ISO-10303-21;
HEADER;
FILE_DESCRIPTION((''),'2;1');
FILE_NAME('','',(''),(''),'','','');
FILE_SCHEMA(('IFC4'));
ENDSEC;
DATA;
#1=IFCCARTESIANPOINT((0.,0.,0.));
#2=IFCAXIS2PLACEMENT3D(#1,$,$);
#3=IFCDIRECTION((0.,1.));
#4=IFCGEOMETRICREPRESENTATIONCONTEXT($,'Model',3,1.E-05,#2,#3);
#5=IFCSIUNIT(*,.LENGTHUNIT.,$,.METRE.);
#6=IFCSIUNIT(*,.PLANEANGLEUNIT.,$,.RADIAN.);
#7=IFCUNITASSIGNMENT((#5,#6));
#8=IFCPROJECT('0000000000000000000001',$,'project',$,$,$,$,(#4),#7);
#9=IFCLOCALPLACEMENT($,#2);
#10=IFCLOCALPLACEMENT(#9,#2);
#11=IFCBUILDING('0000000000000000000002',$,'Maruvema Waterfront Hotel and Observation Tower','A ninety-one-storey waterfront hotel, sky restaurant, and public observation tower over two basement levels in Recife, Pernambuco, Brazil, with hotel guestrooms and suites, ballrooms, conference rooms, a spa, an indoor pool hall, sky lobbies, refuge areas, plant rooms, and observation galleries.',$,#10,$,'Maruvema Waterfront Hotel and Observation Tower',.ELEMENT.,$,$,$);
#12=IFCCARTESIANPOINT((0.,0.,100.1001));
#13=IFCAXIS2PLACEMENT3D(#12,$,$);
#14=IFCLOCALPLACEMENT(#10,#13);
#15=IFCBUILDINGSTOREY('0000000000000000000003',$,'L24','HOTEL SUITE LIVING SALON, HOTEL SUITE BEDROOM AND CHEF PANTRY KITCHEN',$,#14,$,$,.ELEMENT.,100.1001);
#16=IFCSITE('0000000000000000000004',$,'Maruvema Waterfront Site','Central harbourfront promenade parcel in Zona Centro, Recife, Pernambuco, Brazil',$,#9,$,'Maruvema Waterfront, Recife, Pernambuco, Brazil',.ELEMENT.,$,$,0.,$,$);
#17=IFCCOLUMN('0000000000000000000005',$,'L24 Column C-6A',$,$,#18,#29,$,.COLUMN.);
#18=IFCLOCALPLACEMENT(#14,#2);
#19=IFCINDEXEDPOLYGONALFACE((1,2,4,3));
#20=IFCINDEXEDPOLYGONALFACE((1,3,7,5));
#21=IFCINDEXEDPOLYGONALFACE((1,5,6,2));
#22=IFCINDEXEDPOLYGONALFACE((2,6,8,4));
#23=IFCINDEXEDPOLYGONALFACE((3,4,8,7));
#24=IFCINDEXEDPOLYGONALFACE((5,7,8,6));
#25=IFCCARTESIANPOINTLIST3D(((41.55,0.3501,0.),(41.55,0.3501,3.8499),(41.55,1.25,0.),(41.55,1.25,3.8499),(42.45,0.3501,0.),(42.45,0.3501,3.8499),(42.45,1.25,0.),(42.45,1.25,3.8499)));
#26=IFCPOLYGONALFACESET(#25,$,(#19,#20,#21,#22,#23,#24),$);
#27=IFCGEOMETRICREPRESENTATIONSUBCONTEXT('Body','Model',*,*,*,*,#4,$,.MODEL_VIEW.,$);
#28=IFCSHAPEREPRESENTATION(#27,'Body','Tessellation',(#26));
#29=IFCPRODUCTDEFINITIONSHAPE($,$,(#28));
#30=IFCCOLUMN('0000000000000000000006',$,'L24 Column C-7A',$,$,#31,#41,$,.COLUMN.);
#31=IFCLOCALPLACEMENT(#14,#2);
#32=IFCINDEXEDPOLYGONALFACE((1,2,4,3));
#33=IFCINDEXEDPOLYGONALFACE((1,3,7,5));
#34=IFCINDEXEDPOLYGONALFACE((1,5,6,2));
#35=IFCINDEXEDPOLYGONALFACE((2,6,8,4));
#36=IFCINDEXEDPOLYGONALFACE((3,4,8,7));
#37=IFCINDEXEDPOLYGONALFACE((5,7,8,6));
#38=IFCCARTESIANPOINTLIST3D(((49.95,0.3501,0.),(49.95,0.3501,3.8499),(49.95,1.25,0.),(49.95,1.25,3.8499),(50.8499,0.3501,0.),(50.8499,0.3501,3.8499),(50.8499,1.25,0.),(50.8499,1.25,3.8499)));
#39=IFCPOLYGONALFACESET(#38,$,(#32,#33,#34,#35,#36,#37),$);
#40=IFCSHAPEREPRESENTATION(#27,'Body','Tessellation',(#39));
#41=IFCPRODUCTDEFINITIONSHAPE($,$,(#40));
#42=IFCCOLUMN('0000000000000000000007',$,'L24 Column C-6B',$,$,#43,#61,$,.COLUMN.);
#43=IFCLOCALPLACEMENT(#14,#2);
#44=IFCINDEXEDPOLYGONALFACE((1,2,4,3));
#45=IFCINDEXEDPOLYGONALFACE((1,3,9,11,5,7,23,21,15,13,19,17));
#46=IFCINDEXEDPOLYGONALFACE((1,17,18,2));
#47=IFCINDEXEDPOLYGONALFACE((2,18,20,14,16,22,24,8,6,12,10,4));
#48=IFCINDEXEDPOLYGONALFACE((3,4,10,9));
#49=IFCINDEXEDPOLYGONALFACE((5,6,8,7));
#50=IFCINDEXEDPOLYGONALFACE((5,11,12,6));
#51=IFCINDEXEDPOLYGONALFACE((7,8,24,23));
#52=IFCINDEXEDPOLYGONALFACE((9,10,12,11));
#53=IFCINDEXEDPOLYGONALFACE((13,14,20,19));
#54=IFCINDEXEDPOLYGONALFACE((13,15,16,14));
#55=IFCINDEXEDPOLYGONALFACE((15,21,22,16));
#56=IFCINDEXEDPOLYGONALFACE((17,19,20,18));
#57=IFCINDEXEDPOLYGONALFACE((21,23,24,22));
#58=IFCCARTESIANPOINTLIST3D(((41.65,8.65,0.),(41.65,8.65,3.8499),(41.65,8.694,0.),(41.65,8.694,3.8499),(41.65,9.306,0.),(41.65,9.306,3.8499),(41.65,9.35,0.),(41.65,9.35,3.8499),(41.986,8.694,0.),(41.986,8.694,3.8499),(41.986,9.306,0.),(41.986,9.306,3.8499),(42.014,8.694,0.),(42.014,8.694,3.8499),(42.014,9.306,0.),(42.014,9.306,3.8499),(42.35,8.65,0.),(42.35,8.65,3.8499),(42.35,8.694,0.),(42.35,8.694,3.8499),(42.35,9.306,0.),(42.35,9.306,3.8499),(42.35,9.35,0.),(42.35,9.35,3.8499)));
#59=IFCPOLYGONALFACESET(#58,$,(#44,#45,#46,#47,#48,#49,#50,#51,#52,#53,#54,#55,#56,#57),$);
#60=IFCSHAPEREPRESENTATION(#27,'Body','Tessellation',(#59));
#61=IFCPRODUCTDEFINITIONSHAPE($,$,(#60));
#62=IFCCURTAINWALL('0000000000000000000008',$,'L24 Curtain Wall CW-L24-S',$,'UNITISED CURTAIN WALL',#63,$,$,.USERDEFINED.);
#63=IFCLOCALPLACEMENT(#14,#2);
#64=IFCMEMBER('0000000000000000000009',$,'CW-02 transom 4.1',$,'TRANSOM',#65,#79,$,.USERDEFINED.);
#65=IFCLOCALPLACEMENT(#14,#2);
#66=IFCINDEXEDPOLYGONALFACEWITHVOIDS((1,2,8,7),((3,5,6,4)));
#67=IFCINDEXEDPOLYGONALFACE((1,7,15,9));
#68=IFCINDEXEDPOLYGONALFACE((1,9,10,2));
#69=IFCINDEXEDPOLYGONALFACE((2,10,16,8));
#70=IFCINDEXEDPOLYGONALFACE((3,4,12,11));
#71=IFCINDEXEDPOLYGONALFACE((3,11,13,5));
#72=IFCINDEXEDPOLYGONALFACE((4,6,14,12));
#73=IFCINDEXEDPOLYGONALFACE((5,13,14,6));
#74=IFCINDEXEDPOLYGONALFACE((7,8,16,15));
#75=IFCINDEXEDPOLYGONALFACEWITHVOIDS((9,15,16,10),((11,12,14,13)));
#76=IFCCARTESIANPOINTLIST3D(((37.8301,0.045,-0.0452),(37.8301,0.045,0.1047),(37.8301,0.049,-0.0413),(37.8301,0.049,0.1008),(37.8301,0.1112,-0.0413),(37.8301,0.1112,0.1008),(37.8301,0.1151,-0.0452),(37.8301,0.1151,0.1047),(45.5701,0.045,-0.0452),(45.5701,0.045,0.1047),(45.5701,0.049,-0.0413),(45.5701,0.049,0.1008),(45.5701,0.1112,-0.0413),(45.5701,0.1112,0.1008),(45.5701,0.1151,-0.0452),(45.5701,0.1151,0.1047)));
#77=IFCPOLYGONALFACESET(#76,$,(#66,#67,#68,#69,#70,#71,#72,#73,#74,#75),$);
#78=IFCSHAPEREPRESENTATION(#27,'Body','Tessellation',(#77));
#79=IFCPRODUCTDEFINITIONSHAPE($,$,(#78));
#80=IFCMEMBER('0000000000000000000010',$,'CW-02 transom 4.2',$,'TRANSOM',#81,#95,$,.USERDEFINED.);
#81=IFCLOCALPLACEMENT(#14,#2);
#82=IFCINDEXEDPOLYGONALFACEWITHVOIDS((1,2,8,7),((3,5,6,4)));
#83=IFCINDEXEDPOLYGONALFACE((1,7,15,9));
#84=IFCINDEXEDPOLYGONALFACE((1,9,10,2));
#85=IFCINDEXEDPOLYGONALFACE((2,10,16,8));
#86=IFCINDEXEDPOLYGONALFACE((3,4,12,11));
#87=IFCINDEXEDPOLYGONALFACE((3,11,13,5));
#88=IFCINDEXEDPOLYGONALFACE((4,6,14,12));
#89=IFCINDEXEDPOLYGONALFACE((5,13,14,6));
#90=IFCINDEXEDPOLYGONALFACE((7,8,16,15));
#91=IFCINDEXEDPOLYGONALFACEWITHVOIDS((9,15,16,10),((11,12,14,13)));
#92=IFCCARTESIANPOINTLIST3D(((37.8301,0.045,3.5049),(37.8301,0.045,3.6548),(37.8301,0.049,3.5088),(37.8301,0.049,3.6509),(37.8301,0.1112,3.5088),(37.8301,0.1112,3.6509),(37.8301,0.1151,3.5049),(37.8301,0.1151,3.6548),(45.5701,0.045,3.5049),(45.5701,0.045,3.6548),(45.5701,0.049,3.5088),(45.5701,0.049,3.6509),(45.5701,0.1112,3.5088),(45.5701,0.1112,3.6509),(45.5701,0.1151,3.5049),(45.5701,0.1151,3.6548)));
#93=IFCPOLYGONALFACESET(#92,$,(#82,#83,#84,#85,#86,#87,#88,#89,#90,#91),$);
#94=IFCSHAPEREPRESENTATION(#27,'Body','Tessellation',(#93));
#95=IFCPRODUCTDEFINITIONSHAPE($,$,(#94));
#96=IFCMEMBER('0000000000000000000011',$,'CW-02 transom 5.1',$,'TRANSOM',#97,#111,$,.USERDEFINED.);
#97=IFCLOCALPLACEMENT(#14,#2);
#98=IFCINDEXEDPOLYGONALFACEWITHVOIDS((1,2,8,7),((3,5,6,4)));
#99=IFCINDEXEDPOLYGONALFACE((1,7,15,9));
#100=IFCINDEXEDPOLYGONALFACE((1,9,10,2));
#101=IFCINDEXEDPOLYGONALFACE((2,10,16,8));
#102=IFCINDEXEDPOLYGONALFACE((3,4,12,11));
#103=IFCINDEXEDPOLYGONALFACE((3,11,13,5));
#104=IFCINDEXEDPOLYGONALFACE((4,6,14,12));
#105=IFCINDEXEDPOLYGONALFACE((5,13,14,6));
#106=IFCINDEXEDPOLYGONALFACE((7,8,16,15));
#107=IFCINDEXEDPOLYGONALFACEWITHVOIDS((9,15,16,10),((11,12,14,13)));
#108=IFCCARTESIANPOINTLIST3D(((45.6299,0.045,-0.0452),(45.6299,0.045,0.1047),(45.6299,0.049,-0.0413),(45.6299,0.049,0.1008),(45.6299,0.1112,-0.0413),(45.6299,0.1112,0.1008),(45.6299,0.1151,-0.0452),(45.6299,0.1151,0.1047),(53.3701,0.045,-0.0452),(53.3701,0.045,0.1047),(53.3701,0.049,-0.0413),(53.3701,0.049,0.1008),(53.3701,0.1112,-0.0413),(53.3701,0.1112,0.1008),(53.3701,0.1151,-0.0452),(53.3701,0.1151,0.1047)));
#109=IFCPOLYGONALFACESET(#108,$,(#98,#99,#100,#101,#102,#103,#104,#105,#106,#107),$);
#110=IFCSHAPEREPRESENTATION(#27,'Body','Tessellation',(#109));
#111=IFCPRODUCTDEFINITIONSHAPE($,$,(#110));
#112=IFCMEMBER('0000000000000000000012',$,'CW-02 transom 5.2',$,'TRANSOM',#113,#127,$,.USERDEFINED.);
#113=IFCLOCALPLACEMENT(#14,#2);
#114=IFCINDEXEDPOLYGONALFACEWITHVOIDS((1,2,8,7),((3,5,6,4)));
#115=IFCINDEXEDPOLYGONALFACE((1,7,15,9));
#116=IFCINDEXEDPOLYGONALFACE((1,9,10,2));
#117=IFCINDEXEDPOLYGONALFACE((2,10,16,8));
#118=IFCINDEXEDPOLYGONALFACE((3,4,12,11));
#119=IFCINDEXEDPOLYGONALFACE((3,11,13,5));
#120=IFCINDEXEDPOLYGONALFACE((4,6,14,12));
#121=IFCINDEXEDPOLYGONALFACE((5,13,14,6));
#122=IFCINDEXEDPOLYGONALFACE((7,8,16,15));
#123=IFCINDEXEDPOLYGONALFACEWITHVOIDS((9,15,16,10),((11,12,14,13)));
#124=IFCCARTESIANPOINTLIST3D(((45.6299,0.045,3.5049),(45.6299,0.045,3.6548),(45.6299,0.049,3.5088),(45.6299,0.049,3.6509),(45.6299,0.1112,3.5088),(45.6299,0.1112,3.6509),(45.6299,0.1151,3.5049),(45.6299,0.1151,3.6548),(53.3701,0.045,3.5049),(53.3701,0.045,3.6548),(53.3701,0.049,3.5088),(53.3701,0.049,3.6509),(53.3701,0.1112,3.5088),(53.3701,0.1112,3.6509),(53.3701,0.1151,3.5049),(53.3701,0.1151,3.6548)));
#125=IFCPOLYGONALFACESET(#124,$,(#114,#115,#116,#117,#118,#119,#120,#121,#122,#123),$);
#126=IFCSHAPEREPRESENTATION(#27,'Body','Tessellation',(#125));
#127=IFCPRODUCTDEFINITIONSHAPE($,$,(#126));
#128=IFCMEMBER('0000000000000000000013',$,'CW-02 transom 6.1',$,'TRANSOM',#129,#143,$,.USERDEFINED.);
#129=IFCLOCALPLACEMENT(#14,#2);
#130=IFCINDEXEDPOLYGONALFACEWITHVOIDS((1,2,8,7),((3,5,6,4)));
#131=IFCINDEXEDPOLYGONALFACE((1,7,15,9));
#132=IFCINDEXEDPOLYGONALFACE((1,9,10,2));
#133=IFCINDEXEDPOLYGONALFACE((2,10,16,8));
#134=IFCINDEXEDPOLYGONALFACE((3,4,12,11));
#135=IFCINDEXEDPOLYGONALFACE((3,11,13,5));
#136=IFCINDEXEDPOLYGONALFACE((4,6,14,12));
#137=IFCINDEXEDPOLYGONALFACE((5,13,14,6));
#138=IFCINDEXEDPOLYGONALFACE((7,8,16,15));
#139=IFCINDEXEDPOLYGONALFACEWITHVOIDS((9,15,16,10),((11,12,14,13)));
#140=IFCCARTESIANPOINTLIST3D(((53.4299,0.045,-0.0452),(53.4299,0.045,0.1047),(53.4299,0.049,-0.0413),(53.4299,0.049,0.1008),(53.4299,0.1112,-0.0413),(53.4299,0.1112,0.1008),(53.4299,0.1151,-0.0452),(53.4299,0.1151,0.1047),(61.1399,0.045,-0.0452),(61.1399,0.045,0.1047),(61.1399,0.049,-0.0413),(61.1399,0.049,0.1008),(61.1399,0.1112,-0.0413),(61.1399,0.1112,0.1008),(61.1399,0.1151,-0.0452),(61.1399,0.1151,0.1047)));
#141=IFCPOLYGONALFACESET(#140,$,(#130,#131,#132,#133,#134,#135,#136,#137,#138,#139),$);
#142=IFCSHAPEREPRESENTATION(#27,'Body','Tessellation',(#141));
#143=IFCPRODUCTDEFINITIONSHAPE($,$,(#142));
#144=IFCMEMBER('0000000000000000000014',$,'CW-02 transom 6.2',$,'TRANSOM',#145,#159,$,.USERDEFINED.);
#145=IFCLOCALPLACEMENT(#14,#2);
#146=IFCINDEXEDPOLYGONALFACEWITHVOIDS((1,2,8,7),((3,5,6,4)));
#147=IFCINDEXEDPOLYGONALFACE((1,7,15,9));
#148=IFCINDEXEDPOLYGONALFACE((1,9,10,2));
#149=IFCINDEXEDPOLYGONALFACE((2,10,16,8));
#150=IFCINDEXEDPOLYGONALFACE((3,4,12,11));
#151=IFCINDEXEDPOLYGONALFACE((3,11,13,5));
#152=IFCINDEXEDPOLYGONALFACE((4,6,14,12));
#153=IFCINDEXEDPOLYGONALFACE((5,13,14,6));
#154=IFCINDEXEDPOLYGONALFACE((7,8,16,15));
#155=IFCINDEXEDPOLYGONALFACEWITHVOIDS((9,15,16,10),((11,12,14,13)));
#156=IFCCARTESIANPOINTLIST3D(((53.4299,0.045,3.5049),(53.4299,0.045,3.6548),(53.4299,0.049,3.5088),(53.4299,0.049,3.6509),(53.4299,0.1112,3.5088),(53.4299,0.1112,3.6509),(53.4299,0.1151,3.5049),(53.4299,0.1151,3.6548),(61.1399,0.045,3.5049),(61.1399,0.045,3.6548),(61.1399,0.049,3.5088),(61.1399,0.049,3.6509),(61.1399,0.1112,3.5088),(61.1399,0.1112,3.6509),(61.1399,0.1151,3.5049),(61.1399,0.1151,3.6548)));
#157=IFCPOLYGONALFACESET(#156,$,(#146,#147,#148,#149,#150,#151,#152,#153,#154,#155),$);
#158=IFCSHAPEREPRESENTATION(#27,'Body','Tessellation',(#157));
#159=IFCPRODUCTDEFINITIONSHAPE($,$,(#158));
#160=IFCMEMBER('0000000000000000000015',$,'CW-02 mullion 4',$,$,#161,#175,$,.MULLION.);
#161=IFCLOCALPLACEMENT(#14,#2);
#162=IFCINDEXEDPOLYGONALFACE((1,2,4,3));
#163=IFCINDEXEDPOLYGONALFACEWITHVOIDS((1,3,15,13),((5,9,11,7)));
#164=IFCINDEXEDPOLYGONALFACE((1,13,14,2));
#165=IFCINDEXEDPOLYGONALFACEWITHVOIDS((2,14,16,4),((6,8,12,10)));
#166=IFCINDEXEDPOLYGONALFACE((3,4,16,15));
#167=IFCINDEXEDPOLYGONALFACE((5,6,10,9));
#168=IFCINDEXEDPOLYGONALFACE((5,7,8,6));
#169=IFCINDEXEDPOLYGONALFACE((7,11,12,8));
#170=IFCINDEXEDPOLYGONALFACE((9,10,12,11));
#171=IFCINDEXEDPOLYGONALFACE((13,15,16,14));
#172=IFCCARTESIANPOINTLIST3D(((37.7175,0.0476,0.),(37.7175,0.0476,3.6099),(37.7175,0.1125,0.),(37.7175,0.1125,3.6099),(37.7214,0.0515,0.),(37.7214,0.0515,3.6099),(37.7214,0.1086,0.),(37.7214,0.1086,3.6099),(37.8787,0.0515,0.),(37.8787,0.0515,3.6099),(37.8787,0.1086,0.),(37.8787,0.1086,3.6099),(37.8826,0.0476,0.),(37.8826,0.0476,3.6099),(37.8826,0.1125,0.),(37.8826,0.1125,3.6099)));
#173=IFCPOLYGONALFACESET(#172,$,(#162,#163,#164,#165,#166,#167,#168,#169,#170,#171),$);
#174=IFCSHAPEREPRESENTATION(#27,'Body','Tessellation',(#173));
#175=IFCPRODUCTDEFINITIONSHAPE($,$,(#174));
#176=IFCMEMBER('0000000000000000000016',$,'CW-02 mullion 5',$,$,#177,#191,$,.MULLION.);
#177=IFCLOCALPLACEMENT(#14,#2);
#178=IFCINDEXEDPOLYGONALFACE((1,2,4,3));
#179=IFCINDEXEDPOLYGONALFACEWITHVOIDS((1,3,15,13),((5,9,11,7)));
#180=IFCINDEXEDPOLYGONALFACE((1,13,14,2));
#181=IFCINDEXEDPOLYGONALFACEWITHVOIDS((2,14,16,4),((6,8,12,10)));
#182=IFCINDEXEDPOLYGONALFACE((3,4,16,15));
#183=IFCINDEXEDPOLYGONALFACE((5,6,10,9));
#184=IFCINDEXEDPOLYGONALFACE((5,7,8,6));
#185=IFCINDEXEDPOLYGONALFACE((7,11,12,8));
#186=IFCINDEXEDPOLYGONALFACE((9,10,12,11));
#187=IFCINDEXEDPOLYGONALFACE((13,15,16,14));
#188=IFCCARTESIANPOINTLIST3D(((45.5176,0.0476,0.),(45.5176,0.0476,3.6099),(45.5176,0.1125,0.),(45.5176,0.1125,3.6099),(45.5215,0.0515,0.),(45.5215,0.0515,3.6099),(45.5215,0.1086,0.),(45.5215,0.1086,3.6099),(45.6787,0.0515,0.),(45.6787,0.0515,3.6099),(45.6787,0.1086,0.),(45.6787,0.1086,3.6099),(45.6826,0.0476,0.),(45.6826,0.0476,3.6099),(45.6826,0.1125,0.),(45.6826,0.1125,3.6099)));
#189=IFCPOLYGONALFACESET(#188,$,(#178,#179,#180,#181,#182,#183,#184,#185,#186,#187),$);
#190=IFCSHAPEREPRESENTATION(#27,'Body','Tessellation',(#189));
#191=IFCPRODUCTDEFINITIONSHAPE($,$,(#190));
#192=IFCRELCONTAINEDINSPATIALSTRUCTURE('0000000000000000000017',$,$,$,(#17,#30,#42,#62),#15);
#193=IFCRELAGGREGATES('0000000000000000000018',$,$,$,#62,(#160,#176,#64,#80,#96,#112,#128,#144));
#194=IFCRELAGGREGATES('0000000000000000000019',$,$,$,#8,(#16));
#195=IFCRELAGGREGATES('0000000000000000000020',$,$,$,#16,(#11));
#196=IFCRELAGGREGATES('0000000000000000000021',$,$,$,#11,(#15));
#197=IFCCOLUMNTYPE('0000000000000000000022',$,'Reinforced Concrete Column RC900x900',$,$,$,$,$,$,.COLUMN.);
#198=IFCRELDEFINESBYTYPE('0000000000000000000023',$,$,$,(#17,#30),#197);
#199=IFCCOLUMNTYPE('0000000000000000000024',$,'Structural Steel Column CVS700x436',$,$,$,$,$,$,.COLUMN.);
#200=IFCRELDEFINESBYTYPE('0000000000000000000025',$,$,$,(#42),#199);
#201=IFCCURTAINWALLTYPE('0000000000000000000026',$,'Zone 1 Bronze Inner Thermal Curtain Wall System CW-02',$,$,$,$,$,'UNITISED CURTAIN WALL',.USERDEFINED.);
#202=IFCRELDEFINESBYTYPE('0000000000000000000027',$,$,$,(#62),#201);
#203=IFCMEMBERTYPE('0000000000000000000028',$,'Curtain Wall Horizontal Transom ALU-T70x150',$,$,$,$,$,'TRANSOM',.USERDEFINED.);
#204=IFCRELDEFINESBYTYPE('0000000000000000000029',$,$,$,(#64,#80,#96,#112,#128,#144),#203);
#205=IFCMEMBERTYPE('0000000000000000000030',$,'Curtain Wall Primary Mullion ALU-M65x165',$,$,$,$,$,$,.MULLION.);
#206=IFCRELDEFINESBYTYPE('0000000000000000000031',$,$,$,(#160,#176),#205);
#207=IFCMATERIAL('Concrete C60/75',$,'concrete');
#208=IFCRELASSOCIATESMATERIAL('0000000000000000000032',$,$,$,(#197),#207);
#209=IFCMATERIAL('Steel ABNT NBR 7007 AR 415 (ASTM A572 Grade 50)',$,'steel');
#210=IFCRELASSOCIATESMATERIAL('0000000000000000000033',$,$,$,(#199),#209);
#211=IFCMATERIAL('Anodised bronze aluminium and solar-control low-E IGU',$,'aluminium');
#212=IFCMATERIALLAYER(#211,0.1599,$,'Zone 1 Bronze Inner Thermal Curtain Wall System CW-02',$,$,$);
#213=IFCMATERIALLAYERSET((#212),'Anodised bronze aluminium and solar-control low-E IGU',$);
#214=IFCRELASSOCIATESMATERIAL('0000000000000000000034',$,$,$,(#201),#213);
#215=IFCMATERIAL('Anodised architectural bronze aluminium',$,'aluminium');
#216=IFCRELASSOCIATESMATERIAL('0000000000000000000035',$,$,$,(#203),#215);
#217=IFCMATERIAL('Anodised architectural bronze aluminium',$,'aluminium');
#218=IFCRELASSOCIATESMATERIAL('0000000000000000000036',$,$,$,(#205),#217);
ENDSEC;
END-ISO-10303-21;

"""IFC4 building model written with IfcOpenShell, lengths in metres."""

from ifc_helpers import new_model, si_unit, direction, frame, origin, origin_2d, place, context, subcontext, project, spatial, rectangle, hollow_rectangle, i_section, extrude, material, layer, layer_set, material_profile, profile_set, type_object, element, aggregate, save


model = new_model("IFC4")

# Units and contexts
model_context = context("Model", 3, precision=1e-05, world=origin(), true_north=direction((0.0, 1.0)))
body_context = subcontext(model_context, "Body", "Model", "MODEL_VIEW")
ifc_project = project(units=[si_unit("LENGTHUNIT", "METRE"), si_unit("PLANEANGLEUNIT", "RADIAN")], contexts=[model_context])

# Site, building, storey
site_placement = place(None, origin())
site = spatial("IfcSite", under=ifc_project, at=site_placement, Name="Maruvema Waterfront Site", Description="Central harbourfront promenade parcel in Zona Centro, Recife, Pernambuco, Brazil", LongName="Maruvema Waterfront, Recife, Pernambuco, Brazil", CompositionType="ELEMENT", RefElevation=0.0)
building_placement = place(site_placement, origin())
building = spatial("IfcBuilding", under=site, at=building_placement, Name="Maruvema Waterfront Hotel and Observation Tower", Description="A ninety-one-storey waterfront hotel, sky restaurant, and public observation tower over two basement levels in Recife, Pernambuco, Brazil, with hotel guestrooms and suites, ballrooms, conference rooms, a spa, an indoor pool hall, sky lobbies, refuge areas, plant rooms, and observation galleries.", LongName="Maruvema Waterfront Hotel and Observation Tower", CompositionType="ELEMENT")
storey_placement = place(building_placement, frame((0.0, 0.0, 100.1001)))
storey = spatial("IfcBuildingStorey", under=building, at=storey_placement, Name="L24", Description="HOTEL SUITE LIVING SALON, HOTEL SUITE BEDROOM AND CHEF PANTRY KITCHEN", CompositionType="ELEMENT", Elevation=100.1001)

# Columns
ifc_material_1 = material(Name="Concrete C60/75", Category="concrete")
ifc_material_profile_1 = material_profile(ifc_material_1, rectangle(XDim=0.8999, YDim=0.8999, at=origin_2d()), Name="RC900x900")
ifc_profile_set_1 = profile_set([ifc_material_profile_1], Name="Concrete C60/75")
column_type_1 = type_object("IfcColumnType", Name="Reinforced Concrete Column RC900x900", PredefinedType="COLUMN", material=ifc_profile_set_1)
for number, where, z_axis, x_axis, name in (
    (1, (42.0, 0.8, 0.0), (0.0, 0.0, 1.0), (1.0, 0.0, 0.0), "L24 Column C-6A"),
    (2, (50.3999, 0.8, 0.0), (0.0, 0.0, 1.0), (1.0, 0.0, 0.0), "L24 Column C-7A"),
):
    element("IfcColumn", number, at=place(storey_placement, frame(where, z_axis=z_axis, x_axis=x_axis)), inside=storey, type_object=column_type_1, Name=name, PredefinedType="COLUMN", context=body_context, shape_type="SweptSolid", body=[
        extrude(rectangle(XDim=0.8999, YDim=0.8999, at=origin_2d()), origin(), (0.0, 0.0, 1.0), 3.8499),
    ])
ifc_material_2 = material(Name="Steel ABNT NBR 7007 AR 415 (ASTM A572 Grade 50)", Category="steel")
ifc_material_profile_2 = material_profile(ifc_material_2, i_section(OverallWidth=0.7, OverallDepth=0.7, WebThickness=0.0281, FlangeThickness=0.0439, at=origin_2d()), Name="CVS700x436")
ifc_profile_set_2 = profile_set([ifc_material_profile_2], Name="Steel ABNT NBR 7007 AR 415 (ASTM A572 Grade 50)")
column_type_2 = type_object("IfcColumnType", Name="Structural Steel Column CVS700x436", PredefinedType="COLUMN", material=ifc_profile_set_2)
column_placement = place(storey_placement, frame((42.0, 9.0, 0.0), z_axis=(0.0, 0.0, 1.0), x_axis=(1.0, 0.0, 0.0)))
element("IfcColumn", 3, at=column_placement, inside=storey, type_object=column_type_2, Name="L24 Column C-6B", PredefinedType="COLUMN", context=body_context, shape_type="SweptSolid", body=[
    extrude(i_section(OverallWidth=0.7, OverallDepth=0.7, WebThickness=0.0281, FlangeThickness=0.0439, at=origin_2d()), origin(), (0.0, 0.0, 1.0), 3.8499),
])

# Curtain wall, members
ifc_material_3 = material(Name="Anodised bronze aluminium and solar-control low-E IGU", Category="aluminium")
ifc_layer_1 = layer(ifc_material_3, 0.1599, Name="Zone 1 Bronze Inner Thermal Curtain Wall System CW-02")
ifc_layer_set_1 = layer_set([ifc_layer_1], Name="Anodised bronze aluminium and solar-control low-E IGU")
curtain_wall_type = type_object("IfcCurtainWallType", Name="Zone 1 Bronze Inner Thermal Curtain Wall System CW-02", ElementType="UNITISED CURTAIN WALL", PredefinedType="USERDEFINED", material=ifc_layer_set_1)
curtain_wall_placement = place(storey_placement, origin())
curtain_wall = element("IfcCurtainWall", 4, at=curtain_wall_placement, inside=storey, type_object=curtain_wall_type, Name="L24 Curtain Wall CW-L24-S", ObjectType="UNITISED CURTAIN WALL", PredefinedType="USERDEFINED")
ifc_material_4 = material(Name="Anodised architectural bronze aluminium", Category="aluminium")
ifc_material_profile_3 = material_profile(ifc_material_4, hollow_rectangle(XDim=0.0701, YDim=0.1499, WallThickness=0.0039, at=origin_2d()), Name="ALU-T70x150")
ifc_profile_set_3 = profile_set([ifc_material_profile_3], Name="Anodised architectural bronze aluminium")
member_type_1 = type_object("IfcMemberType", Name="Curtain Wall Horizontal Transom ALU-T70x150", ElementType="TRANSOM", PredefinedType="USERDEFINED", material=ifc_profile_set_3)
member_1_placement = place(storey_placement, frame((37.8301, 0.0801, 0.0298), z_axis=(1.0, 0.0, 0.0), x_axis=(0.0, 1.0, 0.0)))
member_1 = element("IfcMember", 5, at=member_1_placement, type_object=member_type_1, Name="CW-02 transom 4.1", ObjectType="TRANSOM", PredefinedType="USERDEFINED", context=body_context, shape_type="SweptSolid", body=[
    extrude(hollow_rectangle(XDim=0.0701, YDim=0.1499, WallThickness=0.0039, at=origin_2d()), origin(), (0.0, 0.0, 1.0), 7.74),
])
member_2_placement = place(storey_placement, frame((37.8301, 0.0801, 3.5798), z_axis=(1.0, 0.0, 0.0), x_axis=(0.0, 1.0, 0.0)))
member_2 = element("IfcMember", 6, at=member_2_placement, type_object=member_type_1, Name="CW-02 transom 4.2", ObjectType="TRANSOM", PredefinedType="USERDEFINED", context=body_context, shape_type="SweptSolid", body=[
    extrude(hollow_rectangle(XDim=0.0701, YDim=0.1499, WallThickness=0.0039, at=origin_2d()), origin(), (0.0, 0.0, 1.0), 7.74),
])
member_3_placement = place(storey_placement, frame((45.6299, 0.0801, 0.0298), z_axis=(1.0, 0.0, 0.0), x_axis=(0.0, 1.0, 0.0)))
member_3 = element("IfcMember", 7, at=member_3_placement, type_object=member_type_1, Name="CW-02 transom 5.1", ObjectType="TRANSOM", PredefinedType="USERDEFINED", context=body_context, shape_type="SweptSolid", body=[
    extrude(hollow_rectangle(XDim=0.0701, YDim=0.1499, WallThickness=0.0039, at=origin_2d()), origin(), (0.0, 0.0, 1.0), 7.7402),
])
member_4_placement = place(storey_placement, frame((45.6299, 0.0801, 3.5798), z_axis=(1.0, 0.0, 0.0), x_axis=(0.0, 1.0, 0.0)))
member_4 = element("IfcMember", 8, at=member_4_placement, type_object=member_type_1, Name="CW-02 transom 5.2", ObjectType="TRANSOM", PredefinedType="USERDEFINED", context=body_context, shape_type="SweptSolid", body=[
    extrude(hollow_rectangle(XDim=0.0701, YDim=0.1499, WallThickness=0.0039, at=origin_2d()), origin(), (0.0, 0.0, 1.0), 7.7402),
])
member_5_placement = place(storey_placement, frame((53.4299, 0.0801, 0.0298), z_axis=(1.0, 0.0, 0.0), x_axis=(0.0, 1.0, 0.0)))
member_5 = element("IfcMember", 9, at=member_5_placement, type_object=member_type_1, Name="CW-02 transom 6.1", ObjectType="TRANSOM", PredefinedType="USERDEFINED", context=body_context, shape_type="SweptSolid", body=[
    extrude(hollow_rectangle(XDim=0.0701, YDim=0.1499, WallThickness=0.0039, at=origin_2d()), origin(), (0.0, 0.0, 1.0), 7.71),
])
member_6_placement = place(storey_placement, frame((53.4299, 0.0801, 3.5798), z_axis=(1.0, 0.0, 0.0), x_axis=(0.0, 1.0, 0.0)))
member_6 = element("IfcMember", 10, at=member_6_placement, type_object=member_type_1, Name="CW-02 transom 6.2", ObjectType="TRANSOM", PredefinedType="USERDEFINED", context=body_context, shape_type="SweptSolid", body=[
    extrude(hollow_rectangle(XDim=0.0701, YDim=0.1499, WallThickness=0.0039, at=origin_2d()), origin(), (0.0, 0.0, 1.0), 7.71),
])
ifc_material_5 = material(Name="Anodised architectural bronze aluminium", Category="aluminium")
ifc_material_profile_4 = material_profile(ifc_material_5, hollow_rectangle(XDim=0.0649, YDim=0.165, WallThickness=0.0039, at=origin_2d()), Name="ALU-M65x165")
ifc_profile_set_4 = profile_set([ifc_material_profile_4], Name="Anodised architectural bronze aluminium")
member_type_2 = type_object("IfcMemberType", Name="Curtain Wall Primary Mullion ALU-M65x165", PredefinedType="MULLION", material=ifc_profile_set_4)
member_7_placement = place(storey_placement, frame((37.8, 0.0801, 0.0), z_axis=(0.0, 0.0, 1.0), x_axis=(0.0, 1.0, 0.0)))
member_7 = element("IfcMember", 11, at=member_7_placement, type_object=member_type_2, Name="CW-02 mullion 4", PredefinedType="MULLION", context=body_context, shape_type="SweptSolid", body=[
    extrude(hollow_rectangle(XDim=0.0649, YDim=0.165, WallThickness=0.0039, at=origin_2d()), origin(), (0.0, 0.0, 1.0), 3.6099),
])
member_8_placement = place(storey_placement, frame((45.6001, 0.0801, 0.0), z_axis=(0.0, 0.0, 1.0), x_axis=(0.0, 1.0, 0.0)))
member_8 = element("IfcMember", 12, at=member_8_placement, type_object=member_type_2, Name="CW-02 mullion 5", PredefinedType="MULLION", context=body_context, shape_type="SweptSolid", body=[
    extrude(hollow_rectangle(XDim=0.0649, YDim=0.165, WallThickness=0.0039, at=origin_2d()), origin(), (0.0, 0.0, 1.0), 3.6099),
])

aggregate(curtain_wall, [member_7, member_8, member_1, member_2, member_3, member_4, member_5, member_6])

save(model, "model.ifc")
